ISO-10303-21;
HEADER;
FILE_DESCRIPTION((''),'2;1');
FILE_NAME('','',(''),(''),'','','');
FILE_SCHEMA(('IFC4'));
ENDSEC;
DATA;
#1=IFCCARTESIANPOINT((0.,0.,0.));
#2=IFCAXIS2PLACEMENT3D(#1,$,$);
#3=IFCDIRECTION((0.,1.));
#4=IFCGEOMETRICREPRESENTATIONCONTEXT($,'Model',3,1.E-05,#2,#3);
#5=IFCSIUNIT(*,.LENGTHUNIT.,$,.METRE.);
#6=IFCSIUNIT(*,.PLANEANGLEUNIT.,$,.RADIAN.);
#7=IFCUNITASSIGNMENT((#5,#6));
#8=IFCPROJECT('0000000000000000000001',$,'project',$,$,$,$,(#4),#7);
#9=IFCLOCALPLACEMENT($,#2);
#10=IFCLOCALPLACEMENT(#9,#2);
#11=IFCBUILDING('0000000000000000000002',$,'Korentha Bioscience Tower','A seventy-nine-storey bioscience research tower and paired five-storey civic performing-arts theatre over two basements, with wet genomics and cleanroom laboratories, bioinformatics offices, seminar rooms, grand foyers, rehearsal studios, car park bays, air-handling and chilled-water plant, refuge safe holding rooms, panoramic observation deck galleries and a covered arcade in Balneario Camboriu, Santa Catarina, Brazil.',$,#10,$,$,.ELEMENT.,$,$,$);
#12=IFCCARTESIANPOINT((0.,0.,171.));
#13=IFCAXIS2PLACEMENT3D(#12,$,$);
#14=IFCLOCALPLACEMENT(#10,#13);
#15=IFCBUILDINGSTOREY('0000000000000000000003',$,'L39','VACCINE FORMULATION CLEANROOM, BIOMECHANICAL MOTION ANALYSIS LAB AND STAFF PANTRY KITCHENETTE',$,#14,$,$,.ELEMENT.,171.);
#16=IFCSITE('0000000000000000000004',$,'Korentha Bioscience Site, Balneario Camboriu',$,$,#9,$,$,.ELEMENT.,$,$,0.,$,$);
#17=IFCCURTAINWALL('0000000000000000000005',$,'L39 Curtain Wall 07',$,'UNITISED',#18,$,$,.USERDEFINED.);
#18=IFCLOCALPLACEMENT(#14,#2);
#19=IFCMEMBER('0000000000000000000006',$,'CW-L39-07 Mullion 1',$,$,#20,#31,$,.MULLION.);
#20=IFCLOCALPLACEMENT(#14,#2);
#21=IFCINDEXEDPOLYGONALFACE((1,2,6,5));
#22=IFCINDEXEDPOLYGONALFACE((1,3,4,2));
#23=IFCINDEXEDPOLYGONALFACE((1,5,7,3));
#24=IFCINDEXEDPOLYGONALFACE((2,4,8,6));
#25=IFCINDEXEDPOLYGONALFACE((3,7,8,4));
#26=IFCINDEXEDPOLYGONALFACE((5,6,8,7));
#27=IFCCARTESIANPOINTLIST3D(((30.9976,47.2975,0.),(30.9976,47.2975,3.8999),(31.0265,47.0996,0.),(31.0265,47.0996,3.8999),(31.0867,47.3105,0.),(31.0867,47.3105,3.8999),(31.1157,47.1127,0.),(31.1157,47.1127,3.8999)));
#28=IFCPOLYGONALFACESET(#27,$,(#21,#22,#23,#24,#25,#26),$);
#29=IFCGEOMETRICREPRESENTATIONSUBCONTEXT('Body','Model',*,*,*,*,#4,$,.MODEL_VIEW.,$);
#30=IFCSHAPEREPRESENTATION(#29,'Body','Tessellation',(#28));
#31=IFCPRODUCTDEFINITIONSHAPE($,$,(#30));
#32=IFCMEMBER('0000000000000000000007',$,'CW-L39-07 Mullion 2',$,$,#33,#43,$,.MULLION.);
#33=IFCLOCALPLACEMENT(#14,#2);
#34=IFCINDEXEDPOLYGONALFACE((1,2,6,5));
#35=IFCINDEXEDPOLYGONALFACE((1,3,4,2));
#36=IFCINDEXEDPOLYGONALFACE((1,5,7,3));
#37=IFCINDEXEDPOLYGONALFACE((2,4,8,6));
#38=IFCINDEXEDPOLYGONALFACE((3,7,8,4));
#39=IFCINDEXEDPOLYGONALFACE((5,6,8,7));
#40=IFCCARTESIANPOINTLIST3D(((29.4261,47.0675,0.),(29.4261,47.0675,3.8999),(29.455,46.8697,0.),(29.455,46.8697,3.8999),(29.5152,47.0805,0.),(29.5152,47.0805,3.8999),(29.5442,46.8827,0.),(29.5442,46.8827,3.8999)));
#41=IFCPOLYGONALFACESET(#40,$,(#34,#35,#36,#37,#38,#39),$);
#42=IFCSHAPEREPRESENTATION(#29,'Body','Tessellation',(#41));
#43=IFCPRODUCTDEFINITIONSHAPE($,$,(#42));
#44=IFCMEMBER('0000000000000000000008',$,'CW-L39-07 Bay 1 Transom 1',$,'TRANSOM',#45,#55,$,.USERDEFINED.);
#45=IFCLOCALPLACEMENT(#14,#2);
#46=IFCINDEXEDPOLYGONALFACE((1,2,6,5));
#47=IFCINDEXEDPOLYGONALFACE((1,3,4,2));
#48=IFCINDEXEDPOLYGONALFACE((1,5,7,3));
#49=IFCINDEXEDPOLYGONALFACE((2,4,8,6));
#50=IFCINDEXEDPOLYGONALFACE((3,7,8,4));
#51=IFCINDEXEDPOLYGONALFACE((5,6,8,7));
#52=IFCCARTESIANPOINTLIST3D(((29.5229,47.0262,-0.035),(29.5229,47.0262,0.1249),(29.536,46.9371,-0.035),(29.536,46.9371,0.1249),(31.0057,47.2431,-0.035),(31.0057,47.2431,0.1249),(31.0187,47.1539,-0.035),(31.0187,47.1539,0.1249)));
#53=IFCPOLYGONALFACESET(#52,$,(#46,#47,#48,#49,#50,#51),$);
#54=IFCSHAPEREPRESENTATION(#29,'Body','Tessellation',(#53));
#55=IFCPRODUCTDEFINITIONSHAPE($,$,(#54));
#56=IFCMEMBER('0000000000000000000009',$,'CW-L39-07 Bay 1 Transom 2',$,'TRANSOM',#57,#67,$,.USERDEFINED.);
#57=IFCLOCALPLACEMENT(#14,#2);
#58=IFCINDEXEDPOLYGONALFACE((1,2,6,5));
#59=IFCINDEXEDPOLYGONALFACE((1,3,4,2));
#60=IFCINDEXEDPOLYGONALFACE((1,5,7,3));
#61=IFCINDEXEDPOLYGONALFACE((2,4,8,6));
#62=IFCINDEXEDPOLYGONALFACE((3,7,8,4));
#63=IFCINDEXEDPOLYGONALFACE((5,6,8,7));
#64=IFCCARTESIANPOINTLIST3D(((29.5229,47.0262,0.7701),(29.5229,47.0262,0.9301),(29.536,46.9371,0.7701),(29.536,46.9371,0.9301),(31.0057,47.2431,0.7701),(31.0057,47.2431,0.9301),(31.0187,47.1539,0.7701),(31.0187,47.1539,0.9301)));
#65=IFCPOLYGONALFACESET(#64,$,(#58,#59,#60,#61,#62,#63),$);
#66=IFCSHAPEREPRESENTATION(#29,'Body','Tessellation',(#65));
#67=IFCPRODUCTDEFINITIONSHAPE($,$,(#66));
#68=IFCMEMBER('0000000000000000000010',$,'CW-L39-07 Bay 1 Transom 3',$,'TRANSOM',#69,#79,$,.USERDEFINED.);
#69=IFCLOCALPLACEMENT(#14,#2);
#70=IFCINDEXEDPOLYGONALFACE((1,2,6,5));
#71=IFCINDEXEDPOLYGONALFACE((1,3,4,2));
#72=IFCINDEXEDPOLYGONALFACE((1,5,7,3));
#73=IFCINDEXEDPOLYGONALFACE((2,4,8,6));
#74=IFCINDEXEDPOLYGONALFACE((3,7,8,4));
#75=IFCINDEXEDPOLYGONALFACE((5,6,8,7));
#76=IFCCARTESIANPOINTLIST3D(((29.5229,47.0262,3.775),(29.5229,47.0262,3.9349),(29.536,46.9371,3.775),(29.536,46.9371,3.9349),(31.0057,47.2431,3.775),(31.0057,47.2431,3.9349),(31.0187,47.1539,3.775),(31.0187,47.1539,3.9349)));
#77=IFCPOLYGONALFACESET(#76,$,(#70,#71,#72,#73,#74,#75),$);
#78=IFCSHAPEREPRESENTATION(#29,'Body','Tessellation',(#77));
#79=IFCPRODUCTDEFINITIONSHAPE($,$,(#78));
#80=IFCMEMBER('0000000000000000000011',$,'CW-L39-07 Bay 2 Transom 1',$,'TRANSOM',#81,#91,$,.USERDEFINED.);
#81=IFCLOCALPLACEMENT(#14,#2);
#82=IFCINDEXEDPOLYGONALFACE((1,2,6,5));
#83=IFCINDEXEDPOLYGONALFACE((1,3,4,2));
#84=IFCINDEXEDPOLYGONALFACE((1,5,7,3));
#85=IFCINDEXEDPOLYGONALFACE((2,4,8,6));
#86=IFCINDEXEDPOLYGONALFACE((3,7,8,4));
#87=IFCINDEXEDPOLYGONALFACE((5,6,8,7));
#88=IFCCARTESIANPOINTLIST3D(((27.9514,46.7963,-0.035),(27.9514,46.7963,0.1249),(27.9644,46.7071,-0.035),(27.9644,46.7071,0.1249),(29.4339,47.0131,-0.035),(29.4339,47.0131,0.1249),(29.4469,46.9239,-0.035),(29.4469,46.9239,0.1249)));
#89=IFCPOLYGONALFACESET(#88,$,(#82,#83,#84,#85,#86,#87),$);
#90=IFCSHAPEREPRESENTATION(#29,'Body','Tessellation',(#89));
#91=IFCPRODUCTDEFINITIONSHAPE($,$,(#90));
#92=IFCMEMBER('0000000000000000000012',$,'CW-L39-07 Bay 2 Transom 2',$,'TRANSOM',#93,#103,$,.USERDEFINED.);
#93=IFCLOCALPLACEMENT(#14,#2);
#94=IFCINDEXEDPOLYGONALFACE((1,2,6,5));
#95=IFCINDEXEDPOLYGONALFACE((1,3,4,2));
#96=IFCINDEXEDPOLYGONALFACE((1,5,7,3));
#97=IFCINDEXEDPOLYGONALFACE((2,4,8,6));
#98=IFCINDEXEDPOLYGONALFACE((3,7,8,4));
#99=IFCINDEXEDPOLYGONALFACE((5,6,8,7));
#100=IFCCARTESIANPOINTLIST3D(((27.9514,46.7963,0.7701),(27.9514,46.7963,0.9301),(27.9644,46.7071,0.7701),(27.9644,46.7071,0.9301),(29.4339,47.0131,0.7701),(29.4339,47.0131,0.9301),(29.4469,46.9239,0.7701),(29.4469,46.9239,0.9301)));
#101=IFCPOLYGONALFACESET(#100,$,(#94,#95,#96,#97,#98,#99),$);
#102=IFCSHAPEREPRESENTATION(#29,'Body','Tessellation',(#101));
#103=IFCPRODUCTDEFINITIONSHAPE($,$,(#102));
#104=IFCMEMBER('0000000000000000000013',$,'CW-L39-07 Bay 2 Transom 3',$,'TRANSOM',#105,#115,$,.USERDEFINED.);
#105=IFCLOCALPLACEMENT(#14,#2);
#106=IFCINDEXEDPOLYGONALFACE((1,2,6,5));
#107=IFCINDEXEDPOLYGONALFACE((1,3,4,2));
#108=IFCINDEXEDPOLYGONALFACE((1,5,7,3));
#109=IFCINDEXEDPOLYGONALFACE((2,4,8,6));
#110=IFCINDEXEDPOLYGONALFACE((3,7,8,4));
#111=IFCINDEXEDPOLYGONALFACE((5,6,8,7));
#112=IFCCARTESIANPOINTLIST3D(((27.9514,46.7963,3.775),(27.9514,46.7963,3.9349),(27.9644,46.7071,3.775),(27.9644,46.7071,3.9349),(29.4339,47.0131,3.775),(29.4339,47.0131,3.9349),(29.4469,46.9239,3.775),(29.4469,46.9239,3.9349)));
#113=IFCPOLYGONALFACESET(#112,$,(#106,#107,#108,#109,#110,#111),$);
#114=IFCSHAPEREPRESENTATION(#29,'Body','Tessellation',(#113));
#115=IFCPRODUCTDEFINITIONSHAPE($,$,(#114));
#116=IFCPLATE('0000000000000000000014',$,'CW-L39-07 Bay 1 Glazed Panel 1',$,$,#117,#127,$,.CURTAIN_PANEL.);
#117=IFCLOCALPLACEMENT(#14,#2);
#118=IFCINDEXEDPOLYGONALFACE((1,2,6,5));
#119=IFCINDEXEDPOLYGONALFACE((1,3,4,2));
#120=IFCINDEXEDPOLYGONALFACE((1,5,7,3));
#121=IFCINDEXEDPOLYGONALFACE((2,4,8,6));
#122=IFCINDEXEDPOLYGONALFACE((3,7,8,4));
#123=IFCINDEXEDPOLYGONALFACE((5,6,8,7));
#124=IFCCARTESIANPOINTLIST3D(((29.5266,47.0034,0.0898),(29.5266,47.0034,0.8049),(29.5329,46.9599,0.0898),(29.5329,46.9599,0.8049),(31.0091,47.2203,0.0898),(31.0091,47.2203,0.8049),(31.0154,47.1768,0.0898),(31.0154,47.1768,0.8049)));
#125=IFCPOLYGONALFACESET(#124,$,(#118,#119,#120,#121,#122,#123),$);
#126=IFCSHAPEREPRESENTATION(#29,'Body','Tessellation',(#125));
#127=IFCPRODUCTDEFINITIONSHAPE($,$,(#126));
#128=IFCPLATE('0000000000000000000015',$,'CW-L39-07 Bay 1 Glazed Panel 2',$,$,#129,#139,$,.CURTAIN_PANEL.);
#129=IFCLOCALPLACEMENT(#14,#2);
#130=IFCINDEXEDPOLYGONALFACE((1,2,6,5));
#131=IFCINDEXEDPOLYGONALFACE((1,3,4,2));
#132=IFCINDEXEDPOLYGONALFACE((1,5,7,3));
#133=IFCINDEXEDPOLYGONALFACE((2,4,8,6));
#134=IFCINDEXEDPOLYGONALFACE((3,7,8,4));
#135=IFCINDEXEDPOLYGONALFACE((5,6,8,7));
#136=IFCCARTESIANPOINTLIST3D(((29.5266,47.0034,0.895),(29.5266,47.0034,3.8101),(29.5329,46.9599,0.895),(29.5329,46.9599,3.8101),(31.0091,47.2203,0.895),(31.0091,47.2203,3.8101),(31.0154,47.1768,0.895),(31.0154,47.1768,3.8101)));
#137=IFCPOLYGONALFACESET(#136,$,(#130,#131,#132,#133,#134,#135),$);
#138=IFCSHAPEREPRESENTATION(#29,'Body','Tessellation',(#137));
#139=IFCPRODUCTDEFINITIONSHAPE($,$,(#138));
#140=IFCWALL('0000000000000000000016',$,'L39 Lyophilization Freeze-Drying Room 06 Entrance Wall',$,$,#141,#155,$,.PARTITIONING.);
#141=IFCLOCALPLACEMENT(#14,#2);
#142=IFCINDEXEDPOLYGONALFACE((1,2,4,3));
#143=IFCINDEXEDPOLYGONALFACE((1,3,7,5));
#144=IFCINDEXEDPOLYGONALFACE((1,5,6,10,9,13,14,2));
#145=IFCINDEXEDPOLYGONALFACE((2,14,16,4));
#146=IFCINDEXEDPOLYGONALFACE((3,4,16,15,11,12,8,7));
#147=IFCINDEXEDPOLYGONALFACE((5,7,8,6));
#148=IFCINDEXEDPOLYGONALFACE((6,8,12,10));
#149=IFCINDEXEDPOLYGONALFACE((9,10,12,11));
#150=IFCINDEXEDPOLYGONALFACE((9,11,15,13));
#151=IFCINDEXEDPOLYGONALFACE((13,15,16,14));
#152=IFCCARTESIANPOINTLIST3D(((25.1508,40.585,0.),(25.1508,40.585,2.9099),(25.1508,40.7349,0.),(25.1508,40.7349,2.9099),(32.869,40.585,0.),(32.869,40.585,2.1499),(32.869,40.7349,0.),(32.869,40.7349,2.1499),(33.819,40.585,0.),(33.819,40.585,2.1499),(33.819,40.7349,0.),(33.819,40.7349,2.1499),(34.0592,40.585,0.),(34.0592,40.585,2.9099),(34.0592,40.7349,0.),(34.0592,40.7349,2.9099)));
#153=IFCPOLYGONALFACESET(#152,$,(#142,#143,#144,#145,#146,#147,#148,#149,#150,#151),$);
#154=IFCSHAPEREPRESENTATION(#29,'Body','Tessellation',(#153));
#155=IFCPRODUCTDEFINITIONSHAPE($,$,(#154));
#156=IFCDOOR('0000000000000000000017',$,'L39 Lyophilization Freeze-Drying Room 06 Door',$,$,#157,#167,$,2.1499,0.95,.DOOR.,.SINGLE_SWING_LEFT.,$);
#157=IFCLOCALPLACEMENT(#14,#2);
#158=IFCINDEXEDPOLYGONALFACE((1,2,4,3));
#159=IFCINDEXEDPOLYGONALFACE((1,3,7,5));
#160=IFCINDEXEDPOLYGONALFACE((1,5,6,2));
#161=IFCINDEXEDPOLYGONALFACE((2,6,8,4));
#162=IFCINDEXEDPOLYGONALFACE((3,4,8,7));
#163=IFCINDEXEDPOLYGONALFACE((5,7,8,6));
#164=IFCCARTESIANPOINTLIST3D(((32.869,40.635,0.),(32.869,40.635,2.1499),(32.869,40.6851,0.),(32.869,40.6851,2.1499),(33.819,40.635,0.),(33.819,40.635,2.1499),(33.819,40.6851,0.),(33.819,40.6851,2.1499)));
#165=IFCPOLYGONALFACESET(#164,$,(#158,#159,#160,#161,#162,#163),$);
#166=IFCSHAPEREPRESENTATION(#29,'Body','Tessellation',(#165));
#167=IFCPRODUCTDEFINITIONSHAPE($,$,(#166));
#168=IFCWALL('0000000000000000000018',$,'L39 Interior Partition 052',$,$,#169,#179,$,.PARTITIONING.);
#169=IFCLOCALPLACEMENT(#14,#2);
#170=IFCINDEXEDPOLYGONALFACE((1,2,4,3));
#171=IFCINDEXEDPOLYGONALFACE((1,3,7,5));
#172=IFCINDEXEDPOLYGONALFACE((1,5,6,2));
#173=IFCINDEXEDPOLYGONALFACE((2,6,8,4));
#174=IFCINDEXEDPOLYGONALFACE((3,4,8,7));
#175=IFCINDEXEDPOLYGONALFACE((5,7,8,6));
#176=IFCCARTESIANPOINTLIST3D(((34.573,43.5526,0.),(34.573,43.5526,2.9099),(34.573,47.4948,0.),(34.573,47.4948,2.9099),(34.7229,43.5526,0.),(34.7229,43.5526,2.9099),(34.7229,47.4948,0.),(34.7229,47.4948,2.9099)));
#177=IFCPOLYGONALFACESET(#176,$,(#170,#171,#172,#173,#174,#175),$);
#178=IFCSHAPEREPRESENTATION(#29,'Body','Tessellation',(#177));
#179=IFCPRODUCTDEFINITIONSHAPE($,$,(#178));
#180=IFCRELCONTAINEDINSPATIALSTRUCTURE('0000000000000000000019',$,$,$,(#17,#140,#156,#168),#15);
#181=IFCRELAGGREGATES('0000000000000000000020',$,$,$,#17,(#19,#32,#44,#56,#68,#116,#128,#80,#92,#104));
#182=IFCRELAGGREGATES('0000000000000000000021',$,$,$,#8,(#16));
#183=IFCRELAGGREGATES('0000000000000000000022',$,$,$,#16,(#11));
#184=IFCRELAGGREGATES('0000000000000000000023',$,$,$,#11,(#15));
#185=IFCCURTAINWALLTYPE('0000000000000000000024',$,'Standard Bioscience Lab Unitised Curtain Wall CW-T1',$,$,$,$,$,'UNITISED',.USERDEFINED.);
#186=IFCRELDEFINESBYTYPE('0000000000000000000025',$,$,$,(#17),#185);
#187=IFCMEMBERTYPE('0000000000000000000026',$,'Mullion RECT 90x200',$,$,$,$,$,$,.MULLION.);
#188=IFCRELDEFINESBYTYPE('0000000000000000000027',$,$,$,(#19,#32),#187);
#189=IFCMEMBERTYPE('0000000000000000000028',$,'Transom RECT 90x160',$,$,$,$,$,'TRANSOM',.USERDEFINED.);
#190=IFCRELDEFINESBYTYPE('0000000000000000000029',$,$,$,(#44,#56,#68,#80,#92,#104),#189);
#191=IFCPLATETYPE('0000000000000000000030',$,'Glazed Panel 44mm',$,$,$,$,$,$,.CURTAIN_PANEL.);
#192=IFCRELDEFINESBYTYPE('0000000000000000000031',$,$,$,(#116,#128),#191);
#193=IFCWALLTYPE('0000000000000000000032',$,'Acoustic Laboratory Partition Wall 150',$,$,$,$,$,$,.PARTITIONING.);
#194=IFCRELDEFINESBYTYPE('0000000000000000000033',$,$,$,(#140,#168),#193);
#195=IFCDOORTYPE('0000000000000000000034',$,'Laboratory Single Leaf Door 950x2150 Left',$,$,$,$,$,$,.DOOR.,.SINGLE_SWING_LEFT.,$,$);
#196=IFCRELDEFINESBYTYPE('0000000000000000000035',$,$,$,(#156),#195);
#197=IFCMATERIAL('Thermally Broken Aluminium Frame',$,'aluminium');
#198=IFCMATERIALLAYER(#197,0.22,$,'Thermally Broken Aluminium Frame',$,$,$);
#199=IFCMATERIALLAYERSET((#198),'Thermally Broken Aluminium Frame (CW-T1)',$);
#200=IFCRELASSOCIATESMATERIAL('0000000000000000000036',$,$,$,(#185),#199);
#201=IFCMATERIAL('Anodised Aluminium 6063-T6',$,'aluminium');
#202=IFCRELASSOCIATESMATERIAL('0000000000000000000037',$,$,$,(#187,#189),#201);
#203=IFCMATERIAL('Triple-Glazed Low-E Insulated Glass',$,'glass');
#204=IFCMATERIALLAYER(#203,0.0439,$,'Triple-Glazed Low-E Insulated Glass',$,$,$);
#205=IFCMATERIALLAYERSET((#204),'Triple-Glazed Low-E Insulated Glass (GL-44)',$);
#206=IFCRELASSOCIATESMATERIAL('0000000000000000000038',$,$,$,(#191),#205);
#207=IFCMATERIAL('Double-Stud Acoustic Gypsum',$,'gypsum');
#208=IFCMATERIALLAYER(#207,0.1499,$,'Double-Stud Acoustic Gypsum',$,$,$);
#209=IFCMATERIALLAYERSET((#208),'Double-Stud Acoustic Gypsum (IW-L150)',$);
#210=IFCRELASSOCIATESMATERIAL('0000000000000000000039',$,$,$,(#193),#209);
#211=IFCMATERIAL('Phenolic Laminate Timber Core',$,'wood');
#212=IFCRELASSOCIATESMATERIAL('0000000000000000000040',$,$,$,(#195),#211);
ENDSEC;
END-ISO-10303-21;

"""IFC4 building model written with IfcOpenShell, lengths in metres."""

from ifc_helpers import new_model, si_unit, direction, frame, frame_2d, origin, origin_2d, place, context, subcontext, project, spatial, rectangle, extrude, material, layer, layer_set, material_profile, profile_set, type_object, element, fill, aggregate, save


model = new_model("IFC4")

# Units and contexts
model_context = context("Model", 3, precision=1e-05, world=origin(), true_north=direction((0.0, 1.0)))
body_context = subcontext(model_context, "Body", "Model", "MODEL_VIEW")
ifc_project = project(units=[si_unit("LENGTHUNIT", "METRE"), si_unit("PLANEANGLEUNIT", "RADIAN")], contexts=[model_context])

# Site, building, storey
site_placement = place(None, origin())
site = spatial("IfcSite", under=ifc_project, at=site_placement, Name="Korentha Bioscience Site, Balneario Camboriu", CompositionType="ELEMENT", RefElevation=0.0)
building_placement = place(site_placement, origin())
building = spatial("IfcBuilding", under=site, at=building_placement, Name="Korentha Bioscience Tower", Description="A seventy-nine-storey bioscience research tower and paired five-storey civic performing-arts theatre over two basements, with wet genomics and cleanroom laboratories, bioinformatics offices, seminar rooms, grand foyers, rehearsal studios, car park bays, air-handling and chilled-water plant, refuge safe holding rooms, panoramic observation deck galleries and a covered arcade in Balneario Camboriu, Santa Catarina, Brazil.", CompositionType="ELEMENT")
storey_placement = place(building_placement, frame((0.0, 0.0, 171.0)))
storey = spatial("IfcBuildingStorey", under=building, at=storey_placement, Name="L39", Description="VACCINE FORMULATION CLEANROOM, BIOMECHANICAL MOTION ANALYSIS LAB AND STAFF PANTRY KITCHENETTE", CompositionType="ELEMENT", Elevation=171.0)

# Curtain wall, members, plates
ifc_material_1 = material(Name="Thermally Broken Aluminium Frame", Category="aluminium")
ifc_layer_1 = layer(ifc_material_1, 0.22, Name="Thermally Broken Aluminium Frame")
ifc_layer_set_1 = layer_set([ifc_layer_1], Name="Thermally Broken Aluminium Frame (CW-T1)")
curtain_wall_type = type_object("IfcCurtainWallType", Name="Standard Bioscience Lab Unitised Curtain Wall CW-T1", ElementType="UNITISED", PredefinedType="USERDEFINED", material=ifc_layer_set_1)
curtain_wall_placement = place(storey_placement, origin())
curtain_wall = element("IfcCurtainWall", 1, at=curtain_wall_placement, inside=storey, type_object=curtain_wall_type, Name="L39 Curtain Wall 07", ObjectType="UNITISED", PredefinedType="USERDEFINED")
ifc_material_2 = material(Name="Anodised Aluminium 6063-T6", Category="aluminium")
ifc_material_profile_1 = material_profile(ifc_material_2, rectangle(XDim=0.0901, YDim=0.2, at=origin_2d()), Name="Anodised Aluminium 6063-T6")
ifc_profile_set_1 = profile_set([ifc_material_profile_1], Name="Anodised Aluminium 6063-T6 (CW-MUL)")
member_type_1 = type_object("IfcMemberType", Name="Mullion RECT 90x200", PredefinedType="MULLION", material=ifc_profile_set_1)
member_1_placement = place(storey_placement, frame((31.0566, 47.2051, 0.0), z_axis=(0.0, 0.0, 1.0), x_axis=(-0.989462, -0.144793, 0.0)))
member_1 = element("IfcMember", 2, at=member_1_placement, type_object=member_type_1, Name="CW-L39-07 Mullion 1", PredefinedType="MULLION", context=body_context, shape_type="SweptSolid", body=[
    extrude(rectangle(XDim=0.0901, YDim=0.2, at=origin_2d()), origin(), (0.0, 0.0, 1.0), 3.8999),
])
member_2_placement = place(storey_placement, frame((29.4851, 46.9751, 0.0), z_axis=(0.0, 0.0, 1.0), x_axis=(-0.989462, -0.144793, 0.0)))
member_2 = element("IfcMember", 3, at=member_2_placement, type_object=member_type_1, Name="CW-L39-07 Mullion 2", PredefinedType="MULLION", context=body_context, shape_type="SweptSolid", body=[
    extrude(rectangle(XDim=0.0901, YDim=0.2, at=origin_2d()), origin(), (0.0, 0.0, 1.0), 3.8999),
])
ifc_material_profile_2 = material_profile(ifc_material_2, rectangle(XDim=0.0901, YDim=0.1599, at=origin_2d()), Name="Anodised Aluminium 6063-T6")
ifc_profile_set_2 = profile_set([ifc_material_profile_2], Name="Anodised Aluminium 6063-T6 (CW-TRN)")
member_type_2 = type_object("IfcMemberType", Name="Transom RECT 90x160", ElementType="TRANSOM", PredefinedType="USERDEFINED", material=ifc_profile_set_2)
member_3_placement = place(storey_placement, frame((31.0122, 47.1985, 0.0449), z_axis=(-0.989478, -0.144682, 0.0), x_axis=(0.144682, -0.989478, 0.0)))
member_3 = element("IfcMember", 4, at=member_3_placement, type_object=member_type_2, Name="CW-L39-07 Bay 1 Transom 1", ObjectType="TRANSOM", PredefinedType="USERDEFINED", context=body_context, shape_type="SweptSolid", body=[
    extrude(rectangle(XDim=0.0901, YDim=0.1599, at=origin_2d()), origin(), (0.0, 0.0, 1.0), 1.4985),
])
member_4_placement = place(storey_placement, frame((31.0122, 47.1985, 0.8501), z_axis=(-0.989478, -0.144682, 0.0), x_axis=(0.144682, -0.989478, 0.0)))
member_4 = element("IfcMember", 5, at=member_4_placement, type_object=member_type_2, Name="CW-L39-07 Bay 1 Transom 2", ObjectType="TRANSOM", PredefinedType="USERDEFINED", context=body_context, shape_type="SweptSolid", body=[
    extrude(rectangle(XDim=0.0901, YDim=0.1599, at=origin_2d()), origin(), (0.0, 0.0, 1.0), 1.4985),
])
member_5_placement = place(storey_placement, frame((31.0122, 47.1985, 3.855), z_axis=(-0.989478, -0.144682, 0.0), x_axis=(0.144682, -0.989478, 0.0)))
member_5 = element("IfcMember", 6, at=member_5_placement, type_object=member_type_2, Name="CW-L39-07 Bay 1 Transom 3", ObjectType="TRANSOM", PredefinedType="USERDEFINED", context=body_context, shape_type="SweptSolid", body=[
    extrude(rectangle(XDim=0.0901, YDim=0.1599, at=origin_2d()), origin(), (0.0, 0.0, 1.0), 1.4985),
])
member_6_placement = place(storey_placement, frame((29.4404, 46.9685, 0.0449), z_axis=(-0.989475, -0.144706, 0.0), x_axis=(0.144706, -0.989475, 0.0)))
member_6 = element("IfcMember", 7, at=member_6_placement, type_object=member_type_2, Name="CW-L39-07 Bay 2 Transom 1", ObjectType="TRANSOM", PredefinedType="USERDEFINED", context=body_context, shape_type="SweptSolid", body=[
    extrude(rectangle(XDim=0.0901, YDim=0.1599, at=origin_2d()), origin(), (0.0, 0.0, 1.0), 1.4983),
])
member_7_placement = place(storey_placement, frame((29.4404, 46.9685, 0.8501), z_axis=(-0.989475, -0.144706, 0.0), x_axis=(0.144706, -0.989475, 0.0)))
member_7 = element("IfcMember", 8, at=member_7_placement, type_object=member_type_2, Name="CW-L39-07 Bay 2 Transom 2", ObjectType="TRANSOM", PredefinedType="USERDEFINED", context=body_context, shape_type="SweptSolid", body=[
    extrude(rectangle(XDim=0.0901, YDim=0.1599, at=origin_2d()), origin(), (0.0, 0.0, 1.0), 1.4983),
])
member_8_placement = place(storey_placement, frame((29.4404, 46.9685, 3.855), z_axis=(-0.989475, -0.144706, 0.0), x_axis=(0.144706, -0.989475, 0.0)))
member_8 = element("IfcMember", 9, at=member_8_placement, type_object=member_type_2, Name="CW-L39-07 Bay 2 Transom 3", ObjectType="TRANSOM", PredefinedType="USERDEFINED", context=body_context, shape_type="SweptSolid", body=[
    extrude(rectangle(XDim=0.0901, YDim=0.1599, at=origin_2d()), origin(), (0.0, 0.0, 1.0), 1.4983),
])
ifc_material_3 = material(Name="Triple-Glazed Low-E Insulated Glass", Category="glass")
ifc_layer_2 = layer(ifc_material_3, 0.0439, Name="Triple-Glazed Low-E Insulated Glass")
ifc_layer_set_2 = layer_set([ifc_layer_2], Name="Triple-Glazed Low-E Insulated Glass (GL-44)")
plate_type = type_object("IfcPlateType", Name="Glazed Panel 44mm", PredefinedType="CURTAIN_PANEL", material=ifc_layer_set_2)
plate_1_placement = place(storey_placement, frame((30.271, 47.0901, 0.0898), z_axis=(0.0, 0.0, 1.0), x_axis=(-0.989462, -0.144793, 0.0)))
plate_1 = element("IfcPlate", 10, at=plate_1_placement, type_object=plate_type, Name="CW-L39-07 Bay 1 Glazed Panel 1", PredefinedType="CURTAIN_PANEL", context=body_context, shape_type="SweptSolid", body=[
    extrude(rectangle(XDim=1.4983, YDim=0.0439, at=origin_2d()), origin(), (0.0, 0.0, 1.0), 0.7151),
])
plate_2_placement = place(storey_placement, frame((30.271, 47.0901, 0.895), z_axis=(0.0, 0.0, 1.0), x_axis=(-0.989462, -0.144793, 0.0)))
plate_2 = element("IfcPlate", 11, at=plate_2_placement, type_object=plate_type, Name="CW-L39-07 Bay 1 Glazed Panel 2", PredefinedType="CURTAIN_PANEL", context=body_context, shape_type="SweptSolid", body=[
    extrude(rectangle(XDim=1.4983, YDim=0.0439, at=origin_2d()), origin(), (0.0, 0.0, 1.0), 2.915),
])
aggregate(curtain_wall, [member_1, member_2, member_3, member_4, member_5, plate_1, plate_2, member_6, member_7, member_8])

# Wall, opening, door
ifc_material_4 = material(Name="Double-Stud Acoustic Gypsum", Category="gypsum")
ifc_layer_3 = layer(ifc_material_4, 0.1499, Name="Double-Stud Acoustic Gypsum")
ifc_layer_set_3 = layer_set([ifc_layer_3], Name="Double-Stud Acoustic Gypsum (IW-L150)")
wall_type_1 = type_object("IfcWallType", Name="Acoustic Laboratory Partition Wall 150", PredefinedType="PARTITIONING", material=ifc_layer_set_3)
wall_1_placement = place(storey_placement, frame((34.0591, 40.6599, 0.0), z_axis=(0.0, 0.0, 1.0), x_axis=(-1.0, 0.0, 0.0)))
wall_1 = element("IfcWall", 12, at=wall_1_placement, inside=storey, type_object=wall_type_1, Name="L39 Lyophilization Freeze-Drying Room 06 Entrance Wall", PredefinedType="PARTITIONING", context=body_context, shape_type="SweptSolid", body=[
    extrude(rectangle(XDim=8.9084, YDim=0.1499, at=frame_2d((4.4541, 0.0))), origin(), (0.0, 0.0, 1.0), 2.9099),
])
opening_1_placement = place(wall_1_placement, frame((0.24, 0.0, 0.0)))
opening_1 = element("IfcOpeningElement", 13, at=opening_1_placement, cuts=wall_1, PredefinedType="OPENING", context=body_context, shape_type="SweptSolid", body=[
    extrude(rectangle(XDim=0.95, YDim=2.1499, at=frame_2d((0.4751, 1.075))), frame((0.0, 0.0898, 0.0), z_axis=(0.0, -1.0, 0.0), x_axis=(1.0, 0.0, 0.0)), (0.0, 0.0, 1.0), 0.1797),
])
ifc_material_5 = material(Name="Phenolic Laminate Timber Core", Category="wood")
door_type_1 = type_object("IfcDoorType", Name="Laboratory Single Leaf Door 950x2150 Left", OperationType="SINGLE_SWING_LEFT", PredefinedType="DOOR", material=ifc_material_5)
door_1_placement = place(opening_1_placement, origin())
door_1 = element("IfcDoor", 14, at=door_1_placement, inside=storey, type_object=door_type_1, Name="L39 Lyophilization Freeze-Drying Room 06 Door", OperationType="SINGLE_SWING_LEFT", OverallHeight=2.1499, OverallWidth=0.95, PredefinedType="DOOR", context=body_context, shape_type="SweptSolid", body=[
    extrude(rectangle(XDim=0.95, YDim=2.1499, at=frame_2d((0.4751, 1.075))), frame((0.0, 0.0249, 0.0), z_axis=(0.0, -1.0, 0.0), x_axis=(1.0, 0.0, 0.0)), (0.0, 0.0, 1.0), 0.05),
])
fill(opening_1, door_1)

# Wall
wall_2_placement = place(storey_placement, frame((34.6479, 47.4949, 0.0), z_axis=(0.0, 0.0, 1.0), x_axis=(0.0, -1.0, 0.0)))
element("IfcWall", 15, at=wall_2_placement, inside=storey, type_object=wall_type_1, Name="L39 Interior Partition 052", PredefinedType="PARTITIONING", context=body_context, shape_type="SweptSolid", body=[
    extrude(rectangle(XDim=3.9421, YDim=0.1499, at=frame_2d((1.9712, 0.0))), origin(), (0.0, 0.0, 1.0), 2.9099),
])

save(model, "model.ifc")
